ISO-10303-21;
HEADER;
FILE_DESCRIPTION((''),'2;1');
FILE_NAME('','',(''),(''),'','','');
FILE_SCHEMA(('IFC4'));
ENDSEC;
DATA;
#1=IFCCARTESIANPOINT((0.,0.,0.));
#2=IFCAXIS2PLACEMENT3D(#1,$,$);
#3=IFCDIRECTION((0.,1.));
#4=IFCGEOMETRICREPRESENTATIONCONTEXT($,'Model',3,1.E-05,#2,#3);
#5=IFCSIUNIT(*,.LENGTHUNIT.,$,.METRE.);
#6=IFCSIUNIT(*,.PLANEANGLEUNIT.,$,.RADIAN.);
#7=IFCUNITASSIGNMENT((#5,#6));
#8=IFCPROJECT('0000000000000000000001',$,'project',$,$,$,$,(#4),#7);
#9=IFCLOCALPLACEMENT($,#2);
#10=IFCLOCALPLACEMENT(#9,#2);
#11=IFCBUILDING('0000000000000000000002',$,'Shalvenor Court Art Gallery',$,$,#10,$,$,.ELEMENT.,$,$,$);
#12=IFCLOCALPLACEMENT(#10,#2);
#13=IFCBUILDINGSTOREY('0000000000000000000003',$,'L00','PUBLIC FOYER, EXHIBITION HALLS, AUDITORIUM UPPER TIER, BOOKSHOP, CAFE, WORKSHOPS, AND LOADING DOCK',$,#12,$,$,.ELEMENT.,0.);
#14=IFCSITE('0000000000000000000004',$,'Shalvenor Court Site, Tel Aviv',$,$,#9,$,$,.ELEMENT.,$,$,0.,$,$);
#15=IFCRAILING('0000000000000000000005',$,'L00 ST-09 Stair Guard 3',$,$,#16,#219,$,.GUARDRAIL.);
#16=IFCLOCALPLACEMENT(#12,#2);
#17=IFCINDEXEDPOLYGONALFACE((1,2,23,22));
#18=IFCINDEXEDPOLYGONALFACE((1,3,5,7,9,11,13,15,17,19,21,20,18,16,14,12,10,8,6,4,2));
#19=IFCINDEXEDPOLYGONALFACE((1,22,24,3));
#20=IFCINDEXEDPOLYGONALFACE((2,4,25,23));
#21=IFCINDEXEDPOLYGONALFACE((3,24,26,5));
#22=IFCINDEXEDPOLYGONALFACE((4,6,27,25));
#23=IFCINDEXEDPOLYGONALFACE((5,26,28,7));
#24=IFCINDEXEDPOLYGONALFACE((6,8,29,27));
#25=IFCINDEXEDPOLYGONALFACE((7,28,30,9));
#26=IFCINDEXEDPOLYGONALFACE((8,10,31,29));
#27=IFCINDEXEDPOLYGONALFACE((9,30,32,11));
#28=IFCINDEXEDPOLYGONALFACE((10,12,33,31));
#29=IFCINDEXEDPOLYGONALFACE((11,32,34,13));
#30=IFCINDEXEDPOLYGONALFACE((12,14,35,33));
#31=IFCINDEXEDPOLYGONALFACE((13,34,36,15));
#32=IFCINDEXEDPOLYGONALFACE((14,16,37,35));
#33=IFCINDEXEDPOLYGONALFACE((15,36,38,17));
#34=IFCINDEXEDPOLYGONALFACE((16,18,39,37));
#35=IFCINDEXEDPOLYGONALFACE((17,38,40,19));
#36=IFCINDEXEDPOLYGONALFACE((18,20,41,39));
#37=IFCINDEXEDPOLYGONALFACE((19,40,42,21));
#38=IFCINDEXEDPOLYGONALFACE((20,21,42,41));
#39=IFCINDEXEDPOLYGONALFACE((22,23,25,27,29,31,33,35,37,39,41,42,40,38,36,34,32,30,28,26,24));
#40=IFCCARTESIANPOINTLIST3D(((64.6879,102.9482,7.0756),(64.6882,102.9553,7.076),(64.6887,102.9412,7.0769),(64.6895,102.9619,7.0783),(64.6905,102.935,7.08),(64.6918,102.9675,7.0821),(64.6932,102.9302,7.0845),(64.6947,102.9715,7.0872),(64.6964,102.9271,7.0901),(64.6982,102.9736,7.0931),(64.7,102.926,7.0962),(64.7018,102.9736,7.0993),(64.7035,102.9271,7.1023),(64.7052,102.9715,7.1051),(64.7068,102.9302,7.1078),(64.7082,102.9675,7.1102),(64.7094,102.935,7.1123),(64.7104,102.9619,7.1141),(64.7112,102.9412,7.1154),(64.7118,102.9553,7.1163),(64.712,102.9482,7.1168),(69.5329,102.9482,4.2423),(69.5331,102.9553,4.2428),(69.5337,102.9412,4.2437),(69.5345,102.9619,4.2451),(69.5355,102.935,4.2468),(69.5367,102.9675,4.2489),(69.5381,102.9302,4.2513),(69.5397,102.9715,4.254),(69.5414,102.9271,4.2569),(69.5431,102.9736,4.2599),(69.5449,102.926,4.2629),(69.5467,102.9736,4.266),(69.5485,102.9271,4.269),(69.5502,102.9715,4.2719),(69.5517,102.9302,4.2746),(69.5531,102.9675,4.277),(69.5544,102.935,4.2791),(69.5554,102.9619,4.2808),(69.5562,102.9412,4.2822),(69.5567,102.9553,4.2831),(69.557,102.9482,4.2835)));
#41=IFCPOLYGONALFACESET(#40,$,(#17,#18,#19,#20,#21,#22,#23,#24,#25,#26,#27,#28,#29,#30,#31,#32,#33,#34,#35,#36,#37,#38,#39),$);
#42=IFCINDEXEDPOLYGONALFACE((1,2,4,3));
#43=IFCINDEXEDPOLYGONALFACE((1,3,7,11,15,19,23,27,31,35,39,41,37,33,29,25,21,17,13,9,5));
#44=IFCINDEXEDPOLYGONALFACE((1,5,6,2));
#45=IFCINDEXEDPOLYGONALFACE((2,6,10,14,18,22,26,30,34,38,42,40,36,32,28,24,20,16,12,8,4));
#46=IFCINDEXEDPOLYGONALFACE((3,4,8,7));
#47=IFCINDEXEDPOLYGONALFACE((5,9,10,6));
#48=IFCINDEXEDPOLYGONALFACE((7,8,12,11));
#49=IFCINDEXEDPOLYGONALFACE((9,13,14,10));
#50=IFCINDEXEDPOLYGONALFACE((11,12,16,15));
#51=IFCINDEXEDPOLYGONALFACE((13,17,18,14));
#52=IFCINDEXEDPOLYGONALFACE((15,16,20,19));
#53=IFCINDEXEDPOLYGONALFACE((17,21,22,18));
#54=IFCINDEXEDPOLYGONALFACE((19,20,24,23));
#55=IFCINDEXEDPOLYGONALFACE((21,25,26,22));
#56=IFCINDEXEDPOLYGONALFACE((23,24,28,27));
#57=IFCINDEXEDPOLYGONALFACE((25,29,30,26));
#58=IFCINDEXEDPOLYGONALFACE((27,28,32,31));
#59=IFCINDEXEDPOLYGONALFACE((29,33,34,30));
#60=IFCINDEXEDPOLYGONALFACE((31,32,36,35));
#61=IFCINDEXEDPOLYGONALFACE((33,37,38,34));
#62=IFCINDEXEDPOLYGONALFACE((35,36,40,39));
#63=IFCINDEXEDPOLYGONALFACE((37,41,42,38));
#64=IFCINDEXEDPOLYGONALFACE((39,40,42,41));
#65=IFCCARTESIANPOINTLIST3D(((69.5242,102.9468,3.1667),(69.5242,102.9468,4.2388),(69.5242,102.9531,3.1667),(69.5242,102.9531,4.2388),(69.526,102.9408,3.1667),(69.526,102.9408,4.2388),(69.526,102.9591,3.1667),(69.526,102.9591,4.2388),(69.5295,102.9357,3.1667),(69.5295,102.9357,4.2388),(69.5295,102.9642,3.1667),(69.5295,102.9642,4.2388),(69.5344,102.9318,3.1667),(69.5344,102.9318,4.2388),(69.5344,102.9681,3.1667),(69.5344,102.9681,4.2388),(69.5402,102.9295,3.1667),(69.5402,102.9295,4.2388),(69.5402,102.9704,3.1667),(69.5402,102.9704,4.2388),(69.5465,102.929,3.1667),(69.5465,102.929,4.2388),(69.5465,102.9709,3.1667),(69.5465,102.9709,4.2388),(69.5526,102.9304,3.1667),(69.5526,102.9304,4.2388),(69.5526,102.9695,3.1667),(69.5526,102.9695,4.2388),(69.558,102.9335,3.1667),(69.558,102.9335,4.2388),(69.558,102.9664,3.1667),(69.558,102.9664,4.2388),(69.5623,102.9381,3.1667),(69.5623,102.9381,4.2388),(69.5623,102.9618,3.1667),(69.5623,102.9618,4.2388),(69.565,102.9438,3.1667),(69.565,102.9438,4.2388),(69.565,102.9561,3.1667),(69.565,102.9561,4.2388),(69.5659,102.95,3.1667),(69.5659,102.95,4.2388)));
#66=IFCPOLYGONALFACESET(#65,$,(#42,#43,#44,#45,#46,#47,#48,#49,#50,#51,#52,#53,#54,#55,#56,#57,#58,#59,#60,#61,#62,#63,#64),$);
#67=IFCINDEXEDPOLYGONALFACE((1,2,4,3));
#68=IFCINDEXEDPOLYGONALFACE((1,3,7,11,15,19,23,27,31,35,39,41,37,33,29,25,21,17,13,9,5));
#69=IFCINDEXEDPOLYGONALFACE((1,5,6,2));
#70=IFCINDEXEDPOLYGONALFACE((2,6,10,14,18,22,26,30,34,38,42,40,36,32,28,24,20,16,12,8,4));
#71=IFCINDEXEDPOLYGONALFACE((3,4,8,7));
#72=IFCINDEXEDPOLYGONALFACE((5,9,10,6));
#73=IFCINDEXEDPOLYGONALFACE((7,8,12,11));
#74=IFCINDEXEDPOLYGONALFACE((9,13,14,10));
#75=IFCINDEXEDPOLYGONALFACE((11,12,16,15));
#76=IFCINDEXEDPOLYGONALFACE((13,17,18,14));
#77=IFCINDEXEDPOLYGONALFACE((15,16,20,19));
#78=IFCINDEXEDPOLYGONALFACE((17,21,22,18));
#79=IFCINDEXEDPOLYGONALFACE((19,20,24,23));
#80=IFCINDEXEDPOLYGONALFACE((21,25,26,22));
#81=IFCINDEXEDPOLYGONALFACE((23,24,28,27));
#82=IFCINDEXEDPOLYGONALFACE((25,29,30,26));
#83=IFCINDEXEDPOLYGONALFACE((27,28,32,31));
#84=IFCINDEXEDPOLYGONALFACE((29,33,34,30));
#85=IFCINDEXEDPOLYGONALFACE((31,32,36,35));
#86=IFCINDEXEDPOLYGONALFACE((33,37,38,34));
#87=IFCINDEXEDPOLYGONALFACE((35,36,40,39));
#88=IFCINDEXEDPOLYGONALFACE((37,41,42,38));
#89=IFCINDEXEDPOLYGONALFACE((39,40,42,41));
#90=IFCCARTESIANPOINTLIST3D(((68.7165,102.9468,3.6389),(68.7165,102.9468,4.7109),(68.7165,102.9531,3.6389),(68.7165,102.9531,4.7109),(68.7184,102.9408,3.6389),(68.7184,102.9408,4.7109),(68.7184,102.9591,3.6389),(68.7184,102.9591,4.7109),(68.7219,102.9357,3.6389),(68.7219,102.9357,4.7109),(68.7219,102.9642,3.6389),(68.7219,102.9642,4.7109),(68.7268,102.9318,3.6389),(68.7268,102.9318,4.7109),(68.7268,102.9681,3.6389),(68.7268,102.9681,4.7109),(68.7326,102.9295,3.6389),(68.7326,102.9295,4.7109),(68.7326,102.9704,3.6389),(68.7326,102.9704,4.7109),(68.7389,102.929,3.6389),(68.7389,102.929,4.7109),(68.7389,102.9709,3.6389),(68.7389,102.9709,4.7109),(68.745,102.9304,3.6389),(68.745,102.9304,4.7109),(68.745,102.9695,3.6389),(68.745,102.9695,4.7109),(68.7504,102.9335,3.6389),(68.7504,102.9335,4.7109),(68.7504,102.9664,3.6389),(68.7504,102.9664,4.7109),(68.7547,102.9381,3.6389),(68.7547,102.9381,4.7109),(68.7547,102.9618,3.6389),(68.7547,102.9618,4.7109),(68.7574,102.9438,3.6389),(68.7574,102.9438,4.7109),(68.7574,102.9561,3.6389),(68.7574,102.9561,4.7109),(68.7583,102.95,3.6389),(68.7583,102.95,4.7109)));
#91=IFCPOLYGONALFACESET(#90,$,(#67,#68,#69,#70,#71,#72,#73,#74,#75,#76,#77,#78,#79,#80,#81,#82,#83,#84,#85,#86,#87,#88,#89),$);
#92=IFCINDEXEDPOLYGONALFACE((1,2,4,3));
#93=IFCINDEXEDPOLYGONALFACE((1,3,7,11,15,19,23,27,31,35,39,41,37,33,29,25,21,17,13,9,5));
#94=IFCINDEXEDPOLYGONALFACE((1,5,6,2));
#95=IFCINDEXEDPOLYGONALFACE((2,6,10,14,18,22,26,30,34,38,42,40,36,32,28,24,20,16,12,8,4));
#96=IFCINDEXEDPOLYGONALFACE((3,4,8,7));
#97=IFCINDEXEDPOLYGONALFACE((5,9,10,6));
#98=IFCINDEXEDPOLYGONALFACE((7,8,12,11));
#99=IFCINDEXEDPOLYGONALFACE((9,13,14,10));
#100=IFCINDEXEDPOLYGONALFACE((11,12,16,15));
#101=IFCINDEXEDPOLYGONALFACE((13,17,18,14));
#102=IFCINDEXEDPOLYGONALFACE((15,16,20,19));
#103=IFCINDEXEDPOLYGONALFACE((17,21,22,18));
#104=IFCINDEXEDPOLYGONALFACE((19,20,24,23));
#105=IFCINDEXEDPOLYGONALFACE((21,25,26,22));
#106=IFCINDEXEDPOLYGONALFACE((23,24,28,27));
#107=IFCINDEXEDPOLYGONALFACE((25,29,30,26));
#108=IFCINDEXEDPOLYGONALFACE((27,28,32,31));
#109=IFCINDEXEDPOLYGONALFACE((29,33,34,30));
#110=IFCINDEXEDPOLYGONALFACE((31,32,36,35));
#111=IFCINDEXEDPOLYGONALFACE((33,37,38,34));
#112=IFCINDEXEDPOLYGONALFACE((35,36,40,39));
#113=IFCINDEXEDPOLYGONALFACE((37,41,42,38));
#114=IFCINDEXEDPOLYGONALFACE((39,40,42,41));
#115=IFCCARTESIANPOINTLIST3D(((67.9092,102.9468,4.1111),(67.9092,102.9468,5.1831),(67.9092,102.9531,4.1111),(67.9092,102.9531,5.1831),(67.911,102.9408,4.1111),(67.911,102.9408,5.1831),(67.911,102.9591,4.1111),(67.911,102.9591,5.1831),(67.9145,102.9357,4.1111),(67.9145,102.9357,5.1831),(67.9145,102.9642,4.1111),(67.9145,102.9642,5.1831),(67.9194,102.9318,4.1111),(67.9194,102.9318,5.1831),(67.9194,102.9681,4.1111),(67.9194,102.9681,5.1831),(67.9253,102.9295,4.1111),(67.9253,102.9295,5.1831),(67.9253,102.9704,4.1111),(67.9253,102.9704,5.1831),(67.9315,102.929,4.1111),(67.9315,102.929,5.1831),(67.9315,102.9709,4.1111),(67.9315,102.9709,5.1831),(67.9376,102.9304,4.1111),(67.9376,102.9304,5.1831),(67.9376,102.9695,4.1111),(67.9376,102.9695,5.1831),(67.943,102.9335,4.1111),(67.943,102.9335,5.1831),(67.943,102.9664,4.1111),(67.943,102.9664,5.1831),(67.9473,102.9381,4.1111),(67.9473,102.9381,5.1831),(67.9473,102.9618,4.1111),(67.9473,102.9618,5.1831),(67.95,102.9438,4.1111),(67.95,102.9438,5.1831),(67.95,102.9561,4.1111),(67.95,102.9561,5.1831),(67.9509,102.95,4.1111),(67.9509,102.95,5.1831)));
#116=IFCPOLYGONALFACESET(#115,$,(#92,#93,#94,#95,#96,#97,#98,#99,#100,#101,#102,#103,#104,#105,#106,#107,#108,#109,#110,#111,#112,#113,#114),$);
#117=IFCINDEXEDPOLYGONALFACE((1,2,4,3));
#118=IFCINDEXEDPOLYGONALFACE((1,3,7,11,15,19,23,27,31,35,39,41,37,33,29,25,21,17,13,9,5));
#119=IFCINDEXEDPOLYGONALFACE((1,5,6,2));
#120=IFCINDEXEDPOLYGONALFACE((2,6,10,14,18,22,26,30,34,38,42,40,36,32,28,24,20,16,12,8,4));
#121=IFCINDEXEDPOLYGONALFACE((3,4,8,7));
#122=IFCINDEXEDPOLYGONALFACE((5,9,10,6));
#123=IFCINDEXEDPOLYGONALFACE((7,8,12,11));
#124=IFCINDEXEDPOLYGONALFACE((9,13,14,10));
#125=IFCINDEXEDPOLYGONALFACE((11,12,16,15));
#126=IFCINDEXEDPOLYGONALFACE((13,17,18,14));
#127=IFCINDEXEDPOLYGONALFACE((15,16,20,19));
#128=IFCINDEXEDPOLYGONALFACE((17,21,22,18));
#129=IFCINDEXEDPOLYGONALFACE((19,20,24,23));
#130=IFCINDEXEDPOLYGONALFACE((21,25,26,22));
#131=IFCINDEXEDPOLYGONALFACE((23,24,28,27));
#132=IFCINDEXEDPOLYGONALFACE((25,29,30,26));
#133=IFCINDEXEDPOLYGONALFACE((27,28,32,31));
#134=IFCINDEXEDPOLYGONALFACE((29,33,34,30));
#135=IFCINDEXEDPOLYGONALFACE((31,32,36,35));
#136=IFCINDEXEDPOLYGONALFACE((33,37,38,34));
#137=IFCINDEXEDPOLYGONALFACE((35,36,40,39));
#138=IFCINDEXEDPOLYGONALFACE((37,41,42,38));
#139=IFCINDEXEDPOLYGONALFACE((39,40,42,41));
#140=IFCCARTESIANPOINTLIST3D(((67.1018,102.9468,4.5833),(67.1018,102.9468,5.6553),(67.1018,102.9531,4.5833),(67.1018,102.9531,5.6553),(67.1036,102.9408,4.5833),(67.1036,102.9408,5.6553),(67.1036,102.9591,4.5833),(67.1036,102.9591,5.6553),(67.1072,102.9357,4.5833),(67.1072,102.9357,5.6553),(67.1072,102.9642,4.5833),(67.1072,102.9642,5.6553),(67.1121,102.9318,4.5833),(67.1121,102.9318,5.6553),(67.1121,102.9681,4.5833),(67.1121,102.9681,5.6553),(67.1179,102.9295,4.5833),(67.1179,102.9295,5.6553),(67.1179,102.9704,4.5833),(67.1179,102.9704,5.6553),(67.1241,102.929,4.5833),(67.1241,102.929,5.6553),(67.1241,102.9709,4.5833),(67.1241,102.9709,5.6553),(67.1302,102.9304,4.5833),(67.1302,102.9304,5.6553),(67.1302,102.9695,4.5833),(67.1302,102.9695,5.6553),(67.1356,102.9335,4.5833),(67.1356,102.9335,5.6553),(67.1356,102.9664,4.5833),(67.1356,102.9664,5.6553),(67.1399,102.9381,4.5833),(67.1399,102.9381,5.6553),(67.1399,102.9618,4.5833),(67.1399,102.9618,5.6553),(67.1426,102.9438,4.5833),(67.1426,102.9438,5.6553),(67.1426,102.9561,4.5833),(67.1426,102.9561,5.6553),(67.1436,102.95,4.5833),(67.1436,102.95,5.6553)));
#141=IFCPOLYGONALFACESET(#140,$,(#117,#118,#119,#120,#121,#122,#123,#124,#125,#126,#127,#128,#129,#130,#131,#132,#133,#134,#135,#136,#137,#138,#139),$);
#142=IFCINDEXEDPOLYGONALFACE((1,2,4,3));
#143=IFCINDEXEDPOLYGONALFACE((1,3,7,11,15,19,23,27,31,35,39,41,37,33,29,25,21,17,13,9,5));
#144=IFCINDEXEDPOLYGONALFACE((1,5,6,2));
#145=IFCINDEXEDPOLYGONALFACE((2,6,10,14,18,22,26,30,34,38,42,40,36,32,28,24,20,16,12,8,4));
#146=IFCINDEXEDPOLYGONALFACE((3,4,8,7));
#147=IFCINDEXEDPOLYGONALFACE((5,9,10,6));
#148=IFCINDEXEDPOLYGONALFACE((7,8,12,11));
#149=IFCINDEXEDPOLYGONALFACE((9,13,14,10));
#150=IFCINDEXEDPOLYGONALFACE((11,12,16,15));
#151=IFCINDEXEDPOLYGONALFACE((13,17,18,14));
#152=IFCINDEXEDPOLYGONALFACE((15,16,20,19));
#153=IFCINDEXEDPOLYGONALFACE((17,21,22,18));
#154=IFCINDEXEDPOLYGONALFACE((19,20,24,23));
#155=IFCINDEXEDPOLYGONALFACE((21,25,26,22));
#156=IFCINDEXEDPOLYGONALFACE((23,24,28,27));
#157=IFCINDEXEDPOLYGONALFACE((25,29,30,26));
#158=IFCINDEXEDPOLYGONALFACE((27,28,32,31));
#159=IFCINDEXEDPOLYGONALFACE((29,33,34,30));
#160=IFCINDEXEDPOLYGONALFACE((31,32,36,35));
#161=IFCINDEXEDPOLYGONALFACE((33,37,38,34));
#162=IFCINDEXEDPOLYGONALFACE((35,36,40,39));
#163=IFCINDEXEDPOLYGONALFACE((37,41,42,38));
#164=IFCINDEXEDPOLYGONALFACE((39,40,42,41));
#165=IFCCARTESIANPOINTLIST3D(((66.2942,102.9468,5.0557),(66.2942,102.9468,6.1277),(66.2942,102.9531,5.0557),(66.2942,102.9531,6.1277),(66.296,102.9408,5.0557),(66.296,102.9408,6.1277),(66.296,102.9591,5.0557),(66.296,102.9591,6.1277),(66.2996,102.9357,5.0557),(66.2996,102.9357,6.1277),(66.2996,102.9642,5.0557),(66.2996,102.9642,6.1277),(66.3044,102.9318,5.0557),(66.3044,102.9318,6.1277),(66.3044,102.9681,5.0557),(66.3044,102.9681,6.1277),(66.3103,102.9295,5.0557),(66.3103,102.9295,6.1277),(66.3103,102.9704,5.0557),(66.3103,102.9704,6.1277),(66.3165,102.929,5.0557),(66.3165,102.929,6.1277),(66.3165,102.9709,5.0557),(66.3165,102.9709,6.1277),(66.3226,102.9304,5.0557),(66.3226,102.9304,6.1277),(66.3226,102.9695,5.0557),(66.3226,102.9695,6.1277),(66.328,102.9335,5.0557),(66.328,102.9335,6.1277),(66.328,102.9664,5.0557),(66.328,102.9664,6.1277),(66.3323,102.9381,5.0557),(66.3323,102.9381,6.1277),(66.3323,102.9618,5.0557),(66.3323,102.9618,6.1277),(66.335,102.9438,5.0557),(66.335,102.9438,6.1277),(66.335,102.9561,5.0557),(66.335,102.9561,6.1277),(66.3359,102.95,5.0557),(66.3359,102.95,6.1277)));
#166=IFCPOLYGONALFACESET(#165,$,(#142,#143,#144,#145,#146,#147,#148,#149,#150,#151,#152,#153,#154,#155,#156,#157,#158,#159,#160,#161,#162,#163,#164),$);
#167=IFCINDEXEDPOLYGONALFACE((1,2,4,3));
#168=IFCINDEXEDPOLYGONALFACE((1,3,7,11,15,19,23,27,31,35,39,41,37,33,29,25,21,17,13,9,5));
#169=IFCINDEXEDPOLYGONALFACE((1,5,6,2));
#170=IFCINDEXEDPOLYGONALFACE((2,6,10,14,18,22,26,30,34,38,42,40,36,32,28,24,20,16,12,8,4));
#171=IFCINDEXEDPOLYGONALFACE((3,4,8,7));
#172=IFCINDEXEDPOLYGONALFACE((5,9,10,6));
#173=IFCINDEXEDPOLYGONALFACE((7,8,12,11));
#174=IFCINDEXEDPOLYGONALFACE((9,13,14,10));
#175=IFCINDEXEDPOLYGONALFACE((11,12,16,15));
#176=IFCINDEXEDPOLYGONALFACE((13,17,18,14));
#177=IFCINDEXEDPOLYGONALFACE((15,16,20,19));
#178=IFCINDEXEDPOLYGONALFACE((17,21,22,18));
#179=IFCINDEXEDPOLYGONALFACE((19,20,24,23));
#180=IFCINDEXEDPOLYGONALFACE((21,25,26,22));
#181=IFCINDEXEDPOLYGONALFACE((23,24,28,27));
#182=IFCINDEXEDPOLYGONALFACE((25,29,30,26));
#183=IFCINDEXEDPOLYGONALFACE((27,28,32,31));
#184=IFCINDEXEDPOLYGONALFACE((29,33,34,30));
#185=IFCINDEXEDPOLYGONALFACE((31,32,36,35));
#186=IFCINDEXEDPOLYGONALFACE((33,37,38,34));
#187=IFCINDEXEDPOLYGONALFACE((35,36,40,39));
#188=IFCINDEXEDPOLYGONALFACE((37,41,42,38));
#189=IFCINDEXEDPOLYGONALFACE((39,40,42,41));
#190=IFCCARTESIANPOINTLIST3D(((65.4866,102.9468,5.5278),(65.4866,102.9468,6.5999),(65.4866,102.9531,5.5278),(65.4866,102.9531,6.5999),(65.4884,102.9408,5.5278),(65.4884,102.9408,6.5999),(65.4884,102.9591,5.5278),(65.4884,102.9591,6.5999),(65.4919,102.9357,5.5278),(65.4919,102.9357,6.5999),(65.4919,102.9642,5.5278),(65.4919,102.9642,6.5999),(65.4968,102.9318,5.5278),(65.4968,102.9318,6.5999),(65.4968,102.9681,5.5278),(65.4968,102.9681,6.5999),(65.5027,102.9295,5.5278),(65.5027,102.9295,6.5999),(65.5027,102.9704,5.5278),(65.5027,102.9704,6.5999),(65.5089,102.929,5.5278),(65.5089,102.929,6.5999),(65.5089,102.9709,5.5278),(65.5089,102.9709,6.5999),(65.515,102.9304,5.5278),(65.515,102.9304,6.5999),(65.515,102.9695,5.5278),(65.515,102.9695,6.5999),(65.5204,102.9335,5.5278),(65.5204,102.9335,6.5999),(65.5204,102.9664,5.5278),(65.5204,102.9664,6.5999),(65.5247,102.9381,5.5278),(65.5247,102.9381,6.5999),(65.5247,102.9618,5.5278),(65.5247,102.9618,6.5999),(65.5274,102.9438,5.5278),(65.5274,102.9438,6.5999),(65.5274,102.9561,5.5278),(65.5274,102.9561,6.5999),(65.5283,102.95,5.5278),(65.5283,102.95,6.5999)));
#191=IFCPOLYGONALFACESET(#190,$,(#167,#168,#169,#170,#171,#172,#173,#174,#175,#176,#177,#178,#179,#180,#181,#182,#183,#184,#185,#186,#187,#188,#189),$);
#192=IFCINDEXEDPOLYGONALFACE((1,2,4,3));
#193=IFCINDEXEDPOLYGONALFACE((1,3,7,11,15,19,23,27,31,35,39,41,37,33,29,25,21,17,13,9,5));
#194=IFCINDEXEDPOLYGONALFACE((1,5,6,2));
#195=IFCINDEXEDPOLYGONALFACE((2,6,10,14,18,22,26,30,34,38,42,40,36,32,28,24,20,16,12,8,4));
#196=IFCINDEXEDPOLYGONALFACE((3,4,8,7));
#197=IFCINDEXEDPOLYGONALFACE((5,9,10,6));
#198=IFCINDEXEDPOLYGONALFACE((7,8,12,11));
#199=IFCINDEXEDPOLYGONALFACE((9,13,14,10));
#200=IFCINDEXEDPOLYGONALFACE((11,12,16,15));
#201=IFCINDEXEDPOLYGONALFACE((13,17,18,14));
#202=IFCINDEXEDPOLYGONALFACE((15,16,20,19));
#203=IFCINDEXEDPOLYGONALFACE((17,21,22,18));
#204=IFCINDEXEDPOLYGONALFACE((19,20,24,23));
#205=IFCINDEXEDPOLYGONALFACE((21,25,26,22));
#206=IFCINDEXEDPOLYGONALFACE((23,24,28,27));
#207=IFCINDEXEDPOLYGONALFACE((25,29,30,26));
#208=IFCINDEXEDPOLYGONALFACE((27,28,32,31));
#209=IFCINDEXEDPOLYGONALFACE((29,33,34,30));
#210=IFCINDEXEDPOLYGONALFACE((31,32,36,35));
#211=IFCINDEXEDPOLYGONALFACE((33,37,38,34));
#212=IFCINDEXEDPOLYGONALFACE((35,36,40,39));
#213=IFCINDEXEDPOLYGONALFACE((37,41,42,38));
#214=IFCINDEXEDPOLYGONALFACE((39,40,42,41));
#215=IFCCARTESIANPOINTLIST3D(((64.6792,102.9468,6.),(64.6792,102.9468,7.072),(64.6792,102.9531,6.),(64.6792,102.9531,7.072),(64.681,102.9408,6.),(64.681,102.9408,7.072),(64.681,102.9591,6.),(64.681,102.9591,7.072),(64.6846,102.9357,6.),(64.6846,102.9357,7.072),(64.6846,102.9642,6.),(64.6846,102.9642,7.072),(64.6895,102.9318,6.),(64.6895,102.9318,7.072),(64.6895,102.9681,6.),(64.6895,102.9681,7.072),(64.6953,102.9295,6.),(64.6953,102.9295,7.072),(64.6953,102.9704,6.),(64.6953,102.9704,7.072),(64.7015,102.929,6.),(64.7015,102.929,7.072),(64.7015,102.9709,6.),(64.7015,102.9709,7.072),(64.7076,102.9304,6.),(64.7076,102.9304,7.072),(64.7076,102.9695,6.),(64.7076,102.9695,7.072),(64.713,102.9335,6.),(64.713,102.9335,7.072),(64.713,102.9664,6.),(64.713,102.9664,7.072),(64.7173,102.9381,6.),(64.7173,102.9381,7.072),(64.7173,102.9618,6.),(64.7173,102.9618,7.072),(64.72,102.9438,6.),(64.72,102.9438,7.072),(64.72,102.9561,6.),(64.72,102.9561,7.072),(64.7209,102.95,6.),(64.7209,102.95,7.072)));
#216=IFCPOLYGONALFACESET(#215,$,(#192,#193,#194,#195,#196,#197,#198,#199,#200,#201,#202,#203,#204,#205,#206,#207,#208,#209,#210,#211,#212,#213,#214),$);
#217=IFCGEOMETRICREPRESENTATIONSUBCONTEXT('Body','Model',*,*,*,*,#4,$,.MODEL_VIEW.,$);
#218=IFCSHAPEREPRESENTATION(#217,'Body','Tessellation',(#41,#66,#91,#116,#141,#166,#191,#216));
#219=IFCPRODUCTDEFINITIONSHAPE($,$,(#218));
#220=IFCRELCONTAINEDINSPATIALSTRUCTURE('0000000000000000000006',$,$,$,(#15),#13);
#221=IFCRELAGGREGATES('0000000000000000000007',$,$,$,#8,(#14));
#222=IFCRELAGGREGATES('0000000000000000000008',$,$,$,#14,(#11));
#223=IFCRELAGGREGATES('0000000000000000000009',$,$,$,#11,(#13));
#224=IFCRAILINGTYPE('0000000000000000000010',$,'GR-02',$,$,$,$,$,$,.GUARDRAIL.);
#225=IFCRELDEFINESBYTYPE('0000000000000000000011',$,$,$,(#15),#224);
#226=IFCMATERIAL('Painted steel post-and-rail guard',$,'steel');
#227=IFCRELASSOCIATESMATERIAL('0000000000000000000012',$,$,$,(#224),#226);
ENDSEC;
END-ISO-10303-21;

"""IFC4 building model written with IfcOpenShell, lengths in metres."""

from ifc_helpers import new_model, si_unit, direction, frame, origin, origin_2d, place, context, subcontext, project, spatial, circle, extrude, material, type_object, element, save


model = new_model("IFC4")

# Units and contexts
model_context = context("Model", 3, precision=1e-05, world=origin(), true_north=direction((0.0, 1.0)))
body_context = subcontext(model_context, "Body", "Model", "MODEL_VIEW")
ifc_project = project(units=[si_unit("LENGTHUNIT", "METRE"), si_unit("PLANEANGLEUNIT", "RADIAN")], contexts=[model_context])

# Site, building, storey
site_placement = place(None, origin())
site = spatial("IfcSite", under=ifc_project, at=site_placement, Name="Shalvenor Court Site, Tel Aviv", CompositionType="ELEMENT", RefElevation=0.0)
building_placement = place(site_placement, origin())
building = spatial("IfcBuilding", under=site, at=building_placement, Name="Shalvenor Court Art Gallery", CompositionType="ELEMENT")
storey_placement = place(building_placement, origin())
storey = spatial("IfcBuildingStorey", under=building, at=storey_placement, Name="L00", Description="PUBLIC FOYER, EXHIBITION HALLS, AUDITORIUM UPPER TIER, BOOKSHOP, CAFE, WORKSHOPS, AND LOADING DOCK", CompositionType="ELEMENT", Elevation=0.0)

# Railing
ifc_material_1 = material(Name="Painted steel post-and-rail guard", Category="steel")
railing_type_1 = type_object("IfcRailingType", Name="GR-02", PredefinedType="GUARDRAIL", material=ifc_material_1)
railing_1_placement = place(storey_placement, frame((69.5449, 102.95, 3.1667)))
element("IfcRailing", 1, at=railing_1_placement, inside=storey, type_object=railing_type_1, Name="L00 ST-09 Stair Guard 3", PredefinedType="GUARDRAIL", context=body_context, shape_type="SweptSolid", body=[
    extrude(circle(Radius=0.0239, at=origin_2d()), frame((0.0, 0.0, 1.0962), z_axis=(-0.863234, 0.0, 0.504804), x_axis=(0.0, -1.0, 0.0)), (0.0, 0.0, 1.0), 5.6125),
    extrude(circle(Radius=0.021, at=origin_2d()), origin(), (0.0, 0.0, 1.0), 1.072),
    extrude(circle(Radius=0.021, at=origin_2d()), frame((-0.8076, 0.0, 0.4722)), (0.0, 0.0, 1.0), 1.072),
    extrude(circle(Radius=0.021, at=origin_2d()), frame((-1.615, 0.0, 0.9443)), (0.0, 0.0, 1.0), 1.072),
    extrude(circle(Radius=0.021, at=origin_2d()), frame((-2.4224, 0.0, 1.4165)), (0.0, 0.0, 1.0), 1.072),
    extrude(circle(Radius=0.021, at=origin_2d()), frame((-3.23, 0.0, 1.8889)), (0.0, 0.0, 1.0), 1.072),
    extrude(circle(Radius=0.021, at=origin_2d()), frame((-4.0376, 0.0, 2.3611)), (0.0, 0.0, 1.0), 1.072),
    extrude(circle(Radius=0.021, at=origin_2d()), frame((-4.845, 0.0, 2.8333)), (0.0, 0.0, 1.0), 1.072),
])

save(model, "model.ifc")
